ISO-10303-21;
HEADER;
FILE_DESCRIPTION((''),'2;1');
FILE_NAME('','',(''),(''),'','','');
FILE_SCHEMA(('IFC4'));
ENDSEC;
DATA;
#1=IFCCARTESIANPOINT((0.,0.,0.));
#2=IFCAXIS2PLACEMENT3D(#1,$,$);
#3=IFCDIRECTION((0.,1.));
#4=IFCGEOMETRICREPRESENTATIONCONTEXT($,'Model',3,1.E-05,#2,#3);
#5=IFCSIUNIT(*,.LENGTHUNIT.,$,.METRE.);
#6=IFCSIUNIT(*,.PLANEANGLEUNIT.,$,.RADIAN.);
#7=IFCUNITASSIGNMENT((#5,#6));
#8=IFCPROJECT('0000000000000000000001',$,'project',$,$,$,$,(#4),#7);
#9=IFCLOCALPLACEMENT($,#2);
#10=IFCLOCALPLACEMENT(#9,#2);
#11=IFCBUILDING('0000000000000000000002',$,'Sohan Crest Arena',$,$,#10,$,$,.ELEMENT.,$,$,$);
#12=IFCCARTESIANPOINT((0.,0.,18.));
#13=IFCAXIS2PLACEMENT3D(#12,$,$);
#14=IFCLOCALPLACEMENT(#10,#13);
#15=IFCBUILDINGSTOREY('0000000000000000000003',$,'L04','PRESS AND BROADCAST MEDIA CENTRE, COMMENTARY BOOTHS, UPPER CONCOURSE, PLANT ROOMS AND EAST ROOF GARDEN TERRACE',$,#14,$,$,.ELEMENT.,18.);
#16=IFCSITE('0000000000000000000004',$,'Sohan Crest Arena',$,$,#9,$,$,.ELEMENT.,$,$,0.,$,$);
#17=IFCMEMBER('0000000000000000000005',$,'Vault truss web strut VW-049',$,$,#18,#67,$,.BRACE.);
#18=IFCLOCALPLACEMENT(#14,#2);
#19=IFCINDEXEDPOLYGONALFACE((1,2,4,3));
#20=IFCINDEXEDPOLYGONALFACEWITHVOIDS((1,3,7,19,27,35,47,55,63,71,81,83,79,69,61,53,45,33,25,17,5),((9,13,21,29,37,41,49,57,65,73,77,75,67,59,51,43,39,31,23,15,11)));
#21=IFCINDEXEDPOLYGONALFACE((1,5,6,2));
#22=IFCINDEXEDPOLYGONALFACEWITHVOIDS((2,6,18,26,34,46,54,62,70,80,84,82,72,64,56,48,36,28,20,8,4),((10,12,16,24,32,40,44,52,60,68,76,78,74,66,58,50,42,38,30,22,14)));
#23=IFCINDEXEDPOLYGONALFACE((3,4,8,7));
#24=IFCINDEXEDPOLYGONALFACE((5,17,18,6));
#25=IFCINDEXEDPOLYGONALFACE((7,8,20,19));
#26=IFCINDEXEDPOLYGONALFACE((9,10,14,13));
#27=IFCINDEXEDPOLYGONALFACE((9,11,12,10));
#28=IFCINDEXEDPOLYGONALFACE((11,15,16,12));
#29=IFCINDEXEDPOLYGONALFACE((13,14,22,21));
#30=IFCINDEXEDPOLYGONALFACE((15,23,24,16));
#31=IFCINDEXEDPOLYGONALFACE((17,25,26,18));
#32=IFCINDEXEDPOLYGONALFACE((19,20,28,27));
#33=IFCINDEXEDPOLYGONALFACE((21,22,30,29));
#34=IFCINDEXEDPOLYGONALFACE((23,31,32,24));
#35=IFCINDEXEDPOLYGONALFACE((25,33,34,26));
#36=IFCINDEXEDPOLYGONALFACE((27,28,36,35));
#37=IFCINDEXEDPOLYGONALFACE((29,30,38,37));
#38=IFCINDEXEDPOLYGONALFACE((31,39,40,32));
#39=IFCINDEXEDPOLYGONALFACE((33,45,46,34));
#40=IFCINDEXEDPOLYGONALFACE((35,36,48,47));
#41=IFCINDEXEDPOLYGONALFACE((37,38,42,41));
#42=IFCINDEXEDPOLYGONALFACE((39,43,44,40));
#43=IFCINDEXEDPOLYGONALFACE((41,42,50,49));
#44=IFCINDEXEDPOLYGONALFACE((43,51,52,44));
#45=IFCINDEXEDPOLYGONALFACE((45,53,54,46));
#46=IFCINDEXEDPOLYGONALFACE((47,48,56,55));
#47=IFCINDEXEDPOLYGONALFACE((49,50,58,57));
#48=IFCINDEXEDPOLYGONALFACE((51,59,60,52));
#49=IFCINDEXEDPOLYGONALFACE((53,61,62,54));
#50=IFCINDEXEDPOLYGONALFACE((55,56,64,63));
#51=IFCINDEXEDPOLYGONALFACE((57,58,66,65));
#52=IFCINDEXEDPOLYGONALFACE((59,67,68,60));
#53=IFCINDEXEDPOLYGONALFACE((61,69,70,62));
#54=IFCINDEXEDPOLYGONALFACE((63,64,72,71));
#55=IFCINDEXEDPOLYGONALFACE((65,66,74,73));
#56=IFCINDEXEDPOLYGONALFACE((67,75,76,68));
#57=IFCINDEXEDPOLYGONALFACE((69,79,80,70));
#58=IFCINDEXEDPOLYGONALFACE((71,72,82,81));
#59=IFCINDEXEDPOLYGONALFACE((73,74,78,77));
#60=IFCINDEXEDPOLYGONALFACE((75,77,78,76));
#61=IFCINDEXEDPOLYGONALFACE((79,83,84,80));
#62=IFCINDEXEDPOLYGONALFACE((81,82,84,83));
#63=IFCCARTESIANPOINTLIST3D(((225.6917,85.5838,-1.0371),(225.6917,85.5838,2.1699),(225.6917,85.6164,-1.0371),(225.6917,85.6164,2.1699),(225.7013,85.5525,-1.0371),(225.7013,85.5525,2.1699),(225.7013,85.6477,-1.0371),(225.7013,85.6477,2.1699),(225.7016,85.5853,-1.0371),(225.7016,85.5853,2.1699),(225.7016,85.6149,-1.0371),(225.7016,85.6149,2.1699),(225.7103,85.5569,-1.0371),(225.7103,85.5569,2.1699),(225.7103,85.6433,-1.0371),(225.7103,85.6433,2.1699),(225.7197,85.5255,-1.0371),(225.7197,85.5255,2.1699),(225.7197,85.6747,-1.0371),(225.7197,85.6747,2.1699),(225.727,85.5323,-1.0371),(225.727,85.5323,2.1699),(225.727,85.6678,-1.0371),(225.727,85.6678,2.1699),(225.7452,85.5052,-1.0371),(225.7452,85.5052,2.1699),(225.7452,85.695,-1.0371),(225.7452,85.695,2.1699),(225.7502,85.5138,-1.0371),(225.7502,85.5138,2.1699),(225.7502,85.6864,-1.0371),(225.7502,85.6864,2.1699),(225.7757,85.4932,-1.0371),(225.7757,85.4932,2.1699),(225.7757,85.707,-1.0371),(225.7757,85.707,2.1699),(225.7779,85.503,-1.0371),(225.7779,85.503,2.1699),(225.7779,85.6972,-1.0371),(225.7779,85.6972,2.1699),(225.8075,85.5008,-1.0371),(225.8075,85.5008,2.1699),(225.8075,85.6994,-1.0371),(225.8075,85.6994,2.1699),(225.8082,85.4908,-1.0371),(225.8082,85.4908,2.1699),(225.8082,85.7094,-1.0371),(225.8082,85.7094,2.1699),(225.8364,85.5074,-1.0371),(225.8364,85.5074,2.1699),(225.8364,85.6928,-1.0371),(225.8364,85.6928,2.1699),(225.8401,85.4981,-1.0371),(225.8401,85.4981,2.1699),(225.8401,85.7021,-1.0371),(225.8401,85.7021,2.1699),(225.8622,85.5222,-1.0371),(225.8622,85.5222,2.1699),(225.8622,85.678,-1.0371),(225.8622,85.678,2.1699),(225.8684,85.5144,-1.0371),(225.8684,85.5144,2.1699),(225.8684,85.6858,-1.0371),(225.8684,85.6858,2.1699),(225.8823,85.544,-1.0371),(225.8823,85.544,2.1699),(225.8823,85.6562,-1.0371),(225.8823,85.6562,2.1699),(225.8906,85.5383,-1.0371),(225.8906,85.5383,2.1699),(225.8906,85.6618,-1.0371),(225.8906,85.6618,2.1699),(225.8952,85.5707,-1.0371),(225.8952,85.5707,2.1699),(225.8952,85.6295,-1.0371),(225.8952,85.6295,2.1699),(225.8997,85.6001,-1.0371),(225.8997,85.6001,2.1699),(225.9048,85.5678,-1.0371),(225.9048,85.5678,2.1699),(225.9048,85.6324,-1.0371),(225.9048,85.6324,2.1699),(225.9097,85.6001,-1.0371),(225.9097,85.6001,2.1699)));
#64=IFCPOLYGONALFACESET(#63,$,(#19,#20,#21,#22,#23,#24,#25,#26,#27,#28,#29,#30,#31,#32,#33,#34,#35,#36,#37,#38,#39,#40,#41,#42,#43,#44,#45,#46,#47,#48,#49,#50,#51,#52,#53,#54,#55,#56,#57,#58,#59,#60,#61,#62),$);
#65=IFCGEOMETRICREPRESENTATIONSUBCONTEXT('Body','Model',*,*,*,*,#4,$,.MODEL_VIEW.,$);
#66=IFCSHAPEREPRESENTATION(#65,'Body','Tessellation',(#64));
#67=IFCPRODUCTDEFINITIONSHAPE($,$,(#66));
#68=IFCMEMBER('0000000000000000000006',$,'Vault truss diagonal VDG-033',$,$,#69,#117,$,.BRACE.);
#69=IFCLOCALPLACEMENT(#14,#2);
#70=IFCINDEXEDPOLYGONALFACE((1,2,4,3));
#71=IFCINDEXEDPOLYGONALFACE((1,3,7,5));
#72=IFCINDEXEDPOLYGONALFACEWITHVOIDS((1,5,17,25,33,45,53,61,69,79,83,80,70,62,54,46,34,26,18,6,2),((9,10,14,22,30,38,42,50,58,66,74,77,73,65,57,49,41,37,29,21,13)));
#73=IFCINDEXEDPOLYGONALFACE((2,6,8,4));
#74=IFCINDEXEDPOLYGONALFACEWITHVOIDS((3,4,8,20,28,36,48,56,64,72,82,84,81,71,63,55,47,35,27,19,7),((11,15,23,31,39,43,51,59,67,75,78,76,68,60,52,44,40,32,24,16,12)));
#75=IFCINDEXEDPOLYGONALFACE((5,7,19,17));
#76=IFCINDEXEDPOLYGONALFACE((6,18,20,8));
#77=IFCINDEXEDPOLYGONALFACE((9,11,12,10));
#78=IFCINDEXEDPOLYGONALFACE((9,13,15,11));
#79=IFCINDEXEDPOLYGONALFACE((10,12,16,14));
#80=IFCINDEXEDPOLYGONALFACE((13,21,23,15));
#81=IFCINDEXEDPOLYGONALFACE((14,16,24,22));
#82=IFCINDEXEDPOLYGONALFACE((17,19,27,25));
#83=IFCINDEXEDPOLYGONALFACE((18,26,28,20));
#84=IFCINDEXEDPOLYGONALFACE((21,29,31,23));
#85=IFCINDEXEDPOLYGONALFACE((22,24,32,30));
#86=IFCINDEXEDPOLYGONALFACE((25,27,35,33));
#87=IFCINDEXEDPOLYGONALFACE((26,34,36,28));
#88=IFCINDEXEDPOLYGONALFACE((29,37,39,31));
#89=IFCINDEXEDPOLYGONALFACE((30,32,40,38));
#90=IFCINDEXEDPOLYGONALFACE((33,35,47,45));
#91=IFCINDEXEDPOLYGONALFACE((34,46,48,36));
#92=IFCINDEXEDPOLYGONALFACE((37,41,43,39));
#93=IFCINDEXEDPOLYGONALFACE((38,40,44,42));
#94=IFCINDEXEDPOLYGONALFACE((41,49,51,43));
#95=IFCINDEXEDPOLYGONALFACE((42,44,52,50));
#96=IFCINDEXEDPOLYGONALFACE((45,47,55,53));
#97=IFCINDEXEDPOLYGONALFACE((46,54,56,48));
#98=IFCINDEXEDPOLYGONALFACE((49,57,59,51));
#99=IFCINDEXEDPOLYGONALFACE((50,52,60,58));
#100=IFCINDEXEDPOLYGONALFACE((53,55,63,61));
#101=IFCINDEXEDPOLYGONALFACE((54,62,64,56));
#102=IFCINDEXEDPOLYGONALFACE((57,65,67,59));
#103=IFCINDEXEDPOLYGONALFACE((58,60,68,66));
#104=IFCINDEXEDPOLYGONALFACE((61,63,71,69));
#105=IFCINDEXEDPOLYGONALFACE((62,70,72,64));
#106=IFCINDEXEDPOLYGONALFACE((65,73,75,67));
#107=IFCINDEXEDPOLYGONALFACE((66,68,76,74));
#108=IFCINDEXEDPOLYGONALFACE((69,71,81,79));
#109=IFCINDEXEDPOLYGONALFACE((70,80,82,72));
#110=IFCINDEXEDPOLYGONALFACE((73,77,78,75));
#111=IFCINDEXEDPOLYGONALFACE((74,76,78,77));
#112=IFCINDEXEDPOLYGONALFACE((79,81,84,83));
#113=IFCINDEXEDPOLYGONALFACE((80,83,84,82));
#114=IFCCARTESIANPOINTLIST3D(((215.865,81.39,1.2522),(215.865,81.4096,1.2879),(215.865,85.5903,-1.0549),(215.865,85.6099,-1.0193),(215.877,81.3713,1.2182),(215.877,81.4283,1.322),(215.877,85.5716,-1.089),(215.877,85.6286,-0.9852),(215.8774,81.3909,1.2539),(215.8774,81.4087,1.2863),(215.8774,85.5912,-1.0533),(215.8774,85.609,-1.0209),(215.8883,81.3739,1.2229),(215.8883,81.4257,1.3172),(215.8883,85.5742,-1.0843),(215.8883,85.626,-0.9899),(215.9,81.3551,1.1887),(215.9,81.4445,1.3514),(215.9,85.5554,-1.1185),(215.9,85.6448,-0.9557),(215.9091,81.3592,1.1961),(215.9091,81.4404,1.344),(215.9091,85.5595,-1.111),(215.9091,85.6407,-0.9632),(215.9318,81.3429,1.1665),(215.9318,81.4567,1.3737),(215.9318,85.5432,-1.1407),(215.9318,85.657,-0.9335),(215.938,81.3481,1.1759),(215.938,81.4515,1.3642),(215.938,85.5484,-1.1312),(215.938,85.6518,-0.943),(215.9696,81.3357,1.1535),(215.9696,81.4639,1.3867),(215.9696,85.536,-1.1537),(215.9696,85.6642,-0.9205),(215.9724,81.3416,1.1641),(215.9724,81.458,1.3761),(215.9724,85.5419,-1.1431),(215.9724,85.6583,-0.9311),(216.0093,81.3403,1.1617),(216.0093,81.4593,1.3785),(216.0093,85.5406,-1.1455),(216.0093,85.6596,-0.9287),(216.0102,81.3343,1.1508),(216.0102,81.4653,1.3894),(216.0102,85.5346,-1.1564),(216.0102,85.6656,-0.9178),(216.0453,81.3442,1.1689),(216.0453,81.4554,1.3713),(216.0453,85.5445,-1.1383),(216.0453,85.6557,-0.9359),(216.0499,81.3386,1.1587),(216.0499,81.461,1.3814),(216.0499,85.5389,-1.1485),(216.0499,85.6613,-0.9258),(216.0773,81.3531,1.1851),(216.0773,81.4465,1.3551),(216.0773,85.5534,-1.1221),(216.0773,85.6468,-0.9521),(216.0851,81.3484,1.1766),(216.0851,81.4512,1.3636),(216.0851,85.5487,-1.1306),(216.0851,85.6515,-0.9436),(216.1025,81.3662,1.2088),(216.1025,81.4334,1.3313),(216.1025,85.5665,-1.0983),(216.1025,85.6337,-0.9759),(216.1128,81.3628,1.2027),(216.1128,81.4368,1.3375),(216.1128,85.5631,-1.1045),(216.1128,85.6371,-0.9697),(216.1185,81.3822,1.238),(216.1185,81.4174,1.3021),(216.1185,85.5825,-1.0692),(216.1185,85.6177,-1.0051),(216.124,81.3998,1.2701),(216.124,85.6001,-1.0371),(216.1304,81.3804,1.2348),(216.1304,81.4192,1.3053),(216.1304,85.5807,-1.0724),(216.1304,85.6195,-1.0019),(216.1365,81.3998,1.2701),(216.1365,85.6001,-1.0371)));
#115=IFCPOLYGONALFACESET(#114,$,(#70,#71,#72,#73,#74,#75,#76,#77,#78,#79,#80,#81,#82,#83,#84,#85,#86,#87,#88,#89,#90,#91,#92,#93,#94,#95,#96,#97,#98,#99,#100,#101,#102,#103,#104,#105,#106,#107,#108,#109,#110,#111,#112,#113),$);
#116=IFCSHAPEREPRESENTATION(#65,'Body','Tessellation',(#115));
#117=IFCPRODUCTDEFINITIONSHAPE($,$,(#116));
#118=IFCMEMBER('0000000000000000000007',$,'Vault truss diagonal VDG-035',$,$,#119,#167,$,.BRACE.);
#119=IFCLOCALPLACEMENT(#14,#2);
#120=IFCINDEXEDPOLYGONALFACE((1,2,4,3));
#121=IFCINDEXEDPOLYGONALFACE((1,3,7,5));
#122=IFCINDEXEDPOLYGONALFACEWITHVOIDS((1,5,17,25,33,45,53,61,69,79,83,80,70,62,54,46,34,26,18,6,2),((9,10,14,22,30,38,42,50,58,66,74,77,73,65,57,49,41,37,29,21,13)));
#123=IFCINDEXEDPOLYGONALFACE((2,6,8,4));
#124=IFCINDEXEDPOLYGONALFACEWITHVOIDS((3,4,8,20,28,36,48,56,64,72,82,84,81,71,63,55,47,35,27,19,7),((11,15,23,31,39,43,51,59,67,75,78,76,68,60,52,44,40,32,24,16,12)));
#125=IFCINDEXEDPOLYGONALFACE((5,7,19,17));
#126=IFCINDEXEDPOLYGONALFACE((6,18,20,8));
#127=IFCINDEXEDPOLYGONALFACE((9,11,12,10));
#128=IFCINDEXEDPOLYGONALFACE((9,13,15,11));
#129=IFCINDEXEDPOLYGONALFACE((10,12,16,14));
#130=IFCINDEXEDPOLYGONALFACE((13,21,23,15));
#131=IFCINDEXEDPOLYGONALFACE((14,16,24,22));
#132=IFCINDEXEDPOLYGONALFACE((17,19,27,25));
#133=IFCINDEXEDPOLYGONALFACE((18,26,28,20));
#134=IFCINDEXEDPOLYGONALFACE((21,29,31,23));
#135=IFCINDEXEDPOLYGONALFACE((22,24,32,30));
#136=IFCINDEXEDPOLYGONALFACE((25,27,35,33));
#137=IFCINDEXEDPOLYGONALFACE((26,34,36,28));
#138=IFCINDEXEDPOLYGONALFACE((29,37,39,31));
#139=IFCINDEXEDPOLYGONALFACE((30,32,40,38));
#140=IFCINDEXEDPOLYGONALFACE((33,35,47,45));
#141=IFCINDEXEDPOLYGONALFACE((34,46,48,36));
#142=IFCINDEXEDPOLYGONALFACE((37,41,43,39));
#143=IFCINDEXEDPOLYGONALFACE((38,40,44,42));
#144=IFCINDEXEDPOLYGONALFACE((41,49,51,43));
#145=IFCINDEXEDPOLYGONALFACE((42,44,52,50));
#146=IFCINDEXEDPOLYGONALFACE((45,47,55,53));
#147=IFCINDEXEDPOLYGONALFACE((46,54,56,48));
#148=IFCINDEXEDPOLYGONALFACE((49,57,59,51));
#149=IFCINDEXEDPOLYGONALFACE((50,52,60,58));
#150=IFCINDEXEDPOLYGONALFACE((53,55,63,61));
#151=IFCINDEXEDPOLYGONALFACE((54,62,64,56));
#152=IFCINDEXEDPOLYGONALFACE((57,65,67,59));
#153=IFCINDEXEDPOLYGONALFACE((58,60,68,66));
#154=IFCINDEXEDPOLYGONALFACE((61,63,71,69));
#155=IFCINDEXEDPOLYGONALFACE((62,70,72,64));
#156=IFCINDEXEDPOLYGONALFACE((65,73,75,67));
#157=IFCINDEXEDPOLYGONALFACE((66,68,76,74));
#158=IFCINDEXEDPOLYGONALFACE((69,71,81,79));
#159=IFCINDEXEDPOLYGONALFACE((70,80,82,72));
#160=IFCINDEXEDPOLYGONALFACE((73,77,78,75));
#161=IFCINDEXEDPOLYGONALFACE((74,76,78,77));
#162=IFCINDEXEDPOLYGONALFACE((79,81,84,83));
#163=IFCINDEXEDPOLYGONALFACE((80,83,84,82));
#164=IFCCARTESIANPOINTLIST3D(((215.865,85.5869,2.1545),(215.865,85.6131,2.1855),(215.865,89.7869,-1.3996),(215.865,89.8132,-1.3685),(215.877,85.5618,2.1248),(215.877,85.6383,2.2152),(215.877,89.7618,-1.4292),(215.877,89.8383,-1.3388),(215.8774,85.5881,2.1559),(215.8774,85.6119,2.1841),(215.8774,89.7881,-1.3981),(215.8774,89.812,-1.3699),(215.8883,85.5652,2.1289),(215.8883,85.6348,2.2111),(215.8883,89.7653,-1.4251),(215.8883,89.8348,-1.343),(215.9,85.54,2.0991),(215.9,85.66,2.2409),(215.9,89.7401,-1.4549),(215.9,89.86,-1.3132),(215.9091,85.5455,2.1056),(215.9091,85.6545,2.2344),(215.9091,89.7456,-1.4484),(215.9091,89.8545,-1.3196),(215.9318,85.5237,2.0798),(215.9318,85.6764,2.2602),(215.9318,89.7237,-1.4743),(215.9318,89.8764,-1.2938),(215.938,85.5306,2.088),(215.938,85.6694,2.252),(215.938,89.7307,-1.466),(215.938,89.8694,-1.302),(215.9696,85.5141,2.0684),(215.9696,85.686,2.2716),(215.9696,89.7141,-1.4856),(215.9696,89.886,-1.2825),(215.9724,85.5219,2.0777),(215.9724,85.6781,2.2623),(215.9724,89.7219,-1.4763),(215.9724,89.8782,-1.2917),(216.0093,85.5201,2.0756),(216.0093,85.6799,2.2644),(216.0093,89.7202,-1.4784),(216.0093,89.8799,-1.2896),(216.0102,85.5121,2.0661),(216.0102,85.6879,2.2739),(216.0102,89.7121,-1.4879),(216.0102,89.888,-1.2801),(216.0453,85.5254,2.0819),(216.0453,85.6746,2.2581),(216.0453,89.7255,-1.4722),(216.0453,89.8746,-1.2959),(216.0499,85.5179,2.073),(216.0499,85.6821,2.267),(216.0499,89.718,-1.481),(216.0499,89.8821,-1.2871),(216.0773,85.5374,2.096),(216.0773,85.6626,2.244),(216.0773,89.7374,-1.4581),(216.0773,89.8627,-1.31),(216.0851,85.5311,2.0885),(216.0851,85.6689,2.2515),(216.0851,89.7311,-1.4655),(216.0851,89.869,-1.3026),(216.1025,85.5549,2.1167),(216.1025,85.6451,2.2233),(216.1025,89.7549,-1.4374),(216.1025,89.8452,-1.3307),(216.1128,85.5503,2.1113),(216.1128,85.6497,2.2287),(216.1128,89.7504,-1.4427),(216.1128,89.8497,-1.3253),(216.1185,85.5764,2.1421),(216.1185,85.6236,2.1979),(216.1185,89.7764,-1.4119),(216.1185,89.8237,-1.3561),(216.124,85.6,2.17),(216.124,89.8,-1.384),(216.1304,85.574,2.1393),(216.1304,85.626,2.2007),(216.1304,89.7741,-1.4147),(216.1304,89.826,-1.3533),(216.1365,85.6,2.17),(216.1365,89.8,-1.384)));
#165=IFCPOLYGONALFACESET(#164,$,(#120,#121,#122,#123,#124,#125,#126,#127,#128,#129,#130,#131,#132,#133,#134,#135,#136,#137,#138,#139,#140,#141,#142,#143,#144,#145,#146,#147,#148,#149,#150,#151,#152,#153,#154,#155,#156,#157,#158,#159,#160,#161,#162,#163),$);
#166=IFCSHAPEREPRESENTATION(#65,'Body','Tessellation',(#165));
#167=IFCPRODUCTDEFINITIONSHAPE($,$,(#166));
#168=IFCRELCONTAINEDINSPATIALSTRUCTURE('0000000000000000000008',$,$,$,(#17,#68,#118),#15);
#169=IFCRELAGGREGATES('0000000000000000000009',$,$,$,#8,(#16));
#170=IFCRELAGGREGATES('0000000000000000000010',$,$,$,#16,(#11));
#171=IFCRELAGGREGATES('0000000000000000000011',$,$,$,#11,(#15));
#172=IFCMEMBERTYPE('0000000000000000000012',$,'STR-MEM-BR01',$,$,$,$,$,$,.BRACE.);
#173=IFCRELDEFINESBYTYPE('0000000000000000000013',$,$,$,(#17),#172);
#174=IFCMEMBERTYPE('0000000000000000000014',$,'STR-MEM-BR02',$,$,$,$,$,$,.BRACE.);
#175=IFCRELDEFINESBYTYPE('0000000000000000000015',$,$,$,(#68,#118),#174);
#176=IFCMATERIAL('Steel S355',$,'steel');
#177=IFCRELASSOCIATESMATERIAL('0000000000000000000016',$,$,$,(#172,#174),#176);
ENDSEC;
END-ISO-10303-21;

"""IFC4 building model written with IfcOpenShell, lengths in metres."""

from ifc_helpers import new_model, si_unit, direction, frame, origin, origin_2d, place, context, subcontext, project, spatial, hollow_circle, extrude, material, material_profile, profile_set, type_object, element, save


model = new_model("IFC4")

# Units and contexts
model_context = context("Model", 3, precision=1e-05, world=origin(), true_north=direction((0.0, 1.0)))
body_context = subcontext(model_context, "Body", "Model", "MODEL_VIEW")
ifc_project = project(units=[si_unit("LENGTHUNIT", "METRE"), si_unit("PLANEANGLEUNIT", "RADIAN")], contexts=[model_context])

# Site, building, storey
site_placement = place(None, origin())
site = spatial("IfcSite", under=ifc_project, at=site_placement, Name="Sohan Crest Arena", CompositionType="ELEMENT", RefElevation=0.0)
building_placement = place(site_placement, origin())
building = spatial("IfcBuilding", under=site, at=building_placement, Name="Sohan Crest Arena", CompositionType="ELEMENT")
storey_placement = place(building_placement, frame((0.0, 0.0, 18.0)))
storey = spatial("IfcBuildingStorey", under=building, at=storey_placement, Name="L04", Description="PRESS AND BROADCAST MEDIA CENTRE, COMMENTARY BOOTHS, UPPER CONCOURSE, PLANT ROOMS AND EAST ROOF GARDEN TERRACE", CompositionType="ELEMENT", Elevation=18.0)

# Shared definitions
ifc_material_1 = material(Name="Steel S355", Category="steel")

# Members
ifc_material_profile_1 = material_profile(ifc_material_1, hollow_circle(Radius=0.1096, WallThickness=0.01, at=origin_2d()), Name="CHS 219.1x10")
ifc_profile_set_1 = profile_set([ifc_material_profile_1], Name="Steel S355")
member_type_1 = type_object("IfcMemberType", Name="STR-MEM-BR01", PredefinedType="BRACE", material=ifc_profile_set_1)
member_1_placement = place(storey_placement, frame((225.8, 85.6001, -1.0371), z_axis=(0.0, 0.0, 1.0), x_axis=(1.0, 0.0, 0.0)))
element("IfcMember", 1, at=member_1_placement, inside=storey, type_object=member_type_1, Name="Vault truss web strut VW-049", PredefinedType="BRACE", context=body_context, shape_type="SweptSolid", body=[
    extrude(hollow_circle(Radius=0.1096, WallThickness=0.01, at=origin_2d()), origin(), (0.0, 0.0, 1.0), 3.207),
])
ifc_material_profile_2 = material_profile(ifc_material_1, hollow_circle(Radius=0.1365, WallThickness=0.0125, at=origin_2d()), Name="CHS 273x12.5")
ifc_profile_set_2 = profile_set([ifc_material_profile_2], Name="Steel S355")
member_type_2 = type_object("IfcMemberType", Name="STR-MEM-BR02", PredefinedType="BRACE", material=ifc_profile_set_2)
member_2_placement = place(storey_placement, frame((216.0, 85.6001, -1.0371), z_axis=(0.0, -0.876478, 0.481441), x_axis=(1.0, 0.0, 0.0)))
element("IfcMember", 2, at=member_2_placement, inside=storey, type_object=member_type_2, Name="Vault truss diagonal VDG-033", PredefinedType="BRACE", context=body_context, shape_type="SweptSolid", body=[
    extrude(hollow_circle(Radius=0.1365, WallThickness=0.0125, at=origin_2d()), origin(), (0.0, 0.0, 1.0), 4.7922),
])
member_3_placement = place(storey_placement, frame((216.0, 89.8, -1.384), z_axis=(0.0, -0.763373, 0.645958), x_axis=(1.0, 0.0, 0.0)))
element("IfcMember", 3, at=member_3_placement, inside=storey, type_object=member_type_2, Name="Vault truss diagonal VDG-035", PredefinedType="BRACE", context=body_context, shape_type="SweptSolid", body=[
    extrude(hollow_circle(Radius=0.1365, WallThickness=0.0125, at=origin_2d()), origin(), (0.0, 0.0, 1.0), 5.502),
])

save(model, "model.ifc")
